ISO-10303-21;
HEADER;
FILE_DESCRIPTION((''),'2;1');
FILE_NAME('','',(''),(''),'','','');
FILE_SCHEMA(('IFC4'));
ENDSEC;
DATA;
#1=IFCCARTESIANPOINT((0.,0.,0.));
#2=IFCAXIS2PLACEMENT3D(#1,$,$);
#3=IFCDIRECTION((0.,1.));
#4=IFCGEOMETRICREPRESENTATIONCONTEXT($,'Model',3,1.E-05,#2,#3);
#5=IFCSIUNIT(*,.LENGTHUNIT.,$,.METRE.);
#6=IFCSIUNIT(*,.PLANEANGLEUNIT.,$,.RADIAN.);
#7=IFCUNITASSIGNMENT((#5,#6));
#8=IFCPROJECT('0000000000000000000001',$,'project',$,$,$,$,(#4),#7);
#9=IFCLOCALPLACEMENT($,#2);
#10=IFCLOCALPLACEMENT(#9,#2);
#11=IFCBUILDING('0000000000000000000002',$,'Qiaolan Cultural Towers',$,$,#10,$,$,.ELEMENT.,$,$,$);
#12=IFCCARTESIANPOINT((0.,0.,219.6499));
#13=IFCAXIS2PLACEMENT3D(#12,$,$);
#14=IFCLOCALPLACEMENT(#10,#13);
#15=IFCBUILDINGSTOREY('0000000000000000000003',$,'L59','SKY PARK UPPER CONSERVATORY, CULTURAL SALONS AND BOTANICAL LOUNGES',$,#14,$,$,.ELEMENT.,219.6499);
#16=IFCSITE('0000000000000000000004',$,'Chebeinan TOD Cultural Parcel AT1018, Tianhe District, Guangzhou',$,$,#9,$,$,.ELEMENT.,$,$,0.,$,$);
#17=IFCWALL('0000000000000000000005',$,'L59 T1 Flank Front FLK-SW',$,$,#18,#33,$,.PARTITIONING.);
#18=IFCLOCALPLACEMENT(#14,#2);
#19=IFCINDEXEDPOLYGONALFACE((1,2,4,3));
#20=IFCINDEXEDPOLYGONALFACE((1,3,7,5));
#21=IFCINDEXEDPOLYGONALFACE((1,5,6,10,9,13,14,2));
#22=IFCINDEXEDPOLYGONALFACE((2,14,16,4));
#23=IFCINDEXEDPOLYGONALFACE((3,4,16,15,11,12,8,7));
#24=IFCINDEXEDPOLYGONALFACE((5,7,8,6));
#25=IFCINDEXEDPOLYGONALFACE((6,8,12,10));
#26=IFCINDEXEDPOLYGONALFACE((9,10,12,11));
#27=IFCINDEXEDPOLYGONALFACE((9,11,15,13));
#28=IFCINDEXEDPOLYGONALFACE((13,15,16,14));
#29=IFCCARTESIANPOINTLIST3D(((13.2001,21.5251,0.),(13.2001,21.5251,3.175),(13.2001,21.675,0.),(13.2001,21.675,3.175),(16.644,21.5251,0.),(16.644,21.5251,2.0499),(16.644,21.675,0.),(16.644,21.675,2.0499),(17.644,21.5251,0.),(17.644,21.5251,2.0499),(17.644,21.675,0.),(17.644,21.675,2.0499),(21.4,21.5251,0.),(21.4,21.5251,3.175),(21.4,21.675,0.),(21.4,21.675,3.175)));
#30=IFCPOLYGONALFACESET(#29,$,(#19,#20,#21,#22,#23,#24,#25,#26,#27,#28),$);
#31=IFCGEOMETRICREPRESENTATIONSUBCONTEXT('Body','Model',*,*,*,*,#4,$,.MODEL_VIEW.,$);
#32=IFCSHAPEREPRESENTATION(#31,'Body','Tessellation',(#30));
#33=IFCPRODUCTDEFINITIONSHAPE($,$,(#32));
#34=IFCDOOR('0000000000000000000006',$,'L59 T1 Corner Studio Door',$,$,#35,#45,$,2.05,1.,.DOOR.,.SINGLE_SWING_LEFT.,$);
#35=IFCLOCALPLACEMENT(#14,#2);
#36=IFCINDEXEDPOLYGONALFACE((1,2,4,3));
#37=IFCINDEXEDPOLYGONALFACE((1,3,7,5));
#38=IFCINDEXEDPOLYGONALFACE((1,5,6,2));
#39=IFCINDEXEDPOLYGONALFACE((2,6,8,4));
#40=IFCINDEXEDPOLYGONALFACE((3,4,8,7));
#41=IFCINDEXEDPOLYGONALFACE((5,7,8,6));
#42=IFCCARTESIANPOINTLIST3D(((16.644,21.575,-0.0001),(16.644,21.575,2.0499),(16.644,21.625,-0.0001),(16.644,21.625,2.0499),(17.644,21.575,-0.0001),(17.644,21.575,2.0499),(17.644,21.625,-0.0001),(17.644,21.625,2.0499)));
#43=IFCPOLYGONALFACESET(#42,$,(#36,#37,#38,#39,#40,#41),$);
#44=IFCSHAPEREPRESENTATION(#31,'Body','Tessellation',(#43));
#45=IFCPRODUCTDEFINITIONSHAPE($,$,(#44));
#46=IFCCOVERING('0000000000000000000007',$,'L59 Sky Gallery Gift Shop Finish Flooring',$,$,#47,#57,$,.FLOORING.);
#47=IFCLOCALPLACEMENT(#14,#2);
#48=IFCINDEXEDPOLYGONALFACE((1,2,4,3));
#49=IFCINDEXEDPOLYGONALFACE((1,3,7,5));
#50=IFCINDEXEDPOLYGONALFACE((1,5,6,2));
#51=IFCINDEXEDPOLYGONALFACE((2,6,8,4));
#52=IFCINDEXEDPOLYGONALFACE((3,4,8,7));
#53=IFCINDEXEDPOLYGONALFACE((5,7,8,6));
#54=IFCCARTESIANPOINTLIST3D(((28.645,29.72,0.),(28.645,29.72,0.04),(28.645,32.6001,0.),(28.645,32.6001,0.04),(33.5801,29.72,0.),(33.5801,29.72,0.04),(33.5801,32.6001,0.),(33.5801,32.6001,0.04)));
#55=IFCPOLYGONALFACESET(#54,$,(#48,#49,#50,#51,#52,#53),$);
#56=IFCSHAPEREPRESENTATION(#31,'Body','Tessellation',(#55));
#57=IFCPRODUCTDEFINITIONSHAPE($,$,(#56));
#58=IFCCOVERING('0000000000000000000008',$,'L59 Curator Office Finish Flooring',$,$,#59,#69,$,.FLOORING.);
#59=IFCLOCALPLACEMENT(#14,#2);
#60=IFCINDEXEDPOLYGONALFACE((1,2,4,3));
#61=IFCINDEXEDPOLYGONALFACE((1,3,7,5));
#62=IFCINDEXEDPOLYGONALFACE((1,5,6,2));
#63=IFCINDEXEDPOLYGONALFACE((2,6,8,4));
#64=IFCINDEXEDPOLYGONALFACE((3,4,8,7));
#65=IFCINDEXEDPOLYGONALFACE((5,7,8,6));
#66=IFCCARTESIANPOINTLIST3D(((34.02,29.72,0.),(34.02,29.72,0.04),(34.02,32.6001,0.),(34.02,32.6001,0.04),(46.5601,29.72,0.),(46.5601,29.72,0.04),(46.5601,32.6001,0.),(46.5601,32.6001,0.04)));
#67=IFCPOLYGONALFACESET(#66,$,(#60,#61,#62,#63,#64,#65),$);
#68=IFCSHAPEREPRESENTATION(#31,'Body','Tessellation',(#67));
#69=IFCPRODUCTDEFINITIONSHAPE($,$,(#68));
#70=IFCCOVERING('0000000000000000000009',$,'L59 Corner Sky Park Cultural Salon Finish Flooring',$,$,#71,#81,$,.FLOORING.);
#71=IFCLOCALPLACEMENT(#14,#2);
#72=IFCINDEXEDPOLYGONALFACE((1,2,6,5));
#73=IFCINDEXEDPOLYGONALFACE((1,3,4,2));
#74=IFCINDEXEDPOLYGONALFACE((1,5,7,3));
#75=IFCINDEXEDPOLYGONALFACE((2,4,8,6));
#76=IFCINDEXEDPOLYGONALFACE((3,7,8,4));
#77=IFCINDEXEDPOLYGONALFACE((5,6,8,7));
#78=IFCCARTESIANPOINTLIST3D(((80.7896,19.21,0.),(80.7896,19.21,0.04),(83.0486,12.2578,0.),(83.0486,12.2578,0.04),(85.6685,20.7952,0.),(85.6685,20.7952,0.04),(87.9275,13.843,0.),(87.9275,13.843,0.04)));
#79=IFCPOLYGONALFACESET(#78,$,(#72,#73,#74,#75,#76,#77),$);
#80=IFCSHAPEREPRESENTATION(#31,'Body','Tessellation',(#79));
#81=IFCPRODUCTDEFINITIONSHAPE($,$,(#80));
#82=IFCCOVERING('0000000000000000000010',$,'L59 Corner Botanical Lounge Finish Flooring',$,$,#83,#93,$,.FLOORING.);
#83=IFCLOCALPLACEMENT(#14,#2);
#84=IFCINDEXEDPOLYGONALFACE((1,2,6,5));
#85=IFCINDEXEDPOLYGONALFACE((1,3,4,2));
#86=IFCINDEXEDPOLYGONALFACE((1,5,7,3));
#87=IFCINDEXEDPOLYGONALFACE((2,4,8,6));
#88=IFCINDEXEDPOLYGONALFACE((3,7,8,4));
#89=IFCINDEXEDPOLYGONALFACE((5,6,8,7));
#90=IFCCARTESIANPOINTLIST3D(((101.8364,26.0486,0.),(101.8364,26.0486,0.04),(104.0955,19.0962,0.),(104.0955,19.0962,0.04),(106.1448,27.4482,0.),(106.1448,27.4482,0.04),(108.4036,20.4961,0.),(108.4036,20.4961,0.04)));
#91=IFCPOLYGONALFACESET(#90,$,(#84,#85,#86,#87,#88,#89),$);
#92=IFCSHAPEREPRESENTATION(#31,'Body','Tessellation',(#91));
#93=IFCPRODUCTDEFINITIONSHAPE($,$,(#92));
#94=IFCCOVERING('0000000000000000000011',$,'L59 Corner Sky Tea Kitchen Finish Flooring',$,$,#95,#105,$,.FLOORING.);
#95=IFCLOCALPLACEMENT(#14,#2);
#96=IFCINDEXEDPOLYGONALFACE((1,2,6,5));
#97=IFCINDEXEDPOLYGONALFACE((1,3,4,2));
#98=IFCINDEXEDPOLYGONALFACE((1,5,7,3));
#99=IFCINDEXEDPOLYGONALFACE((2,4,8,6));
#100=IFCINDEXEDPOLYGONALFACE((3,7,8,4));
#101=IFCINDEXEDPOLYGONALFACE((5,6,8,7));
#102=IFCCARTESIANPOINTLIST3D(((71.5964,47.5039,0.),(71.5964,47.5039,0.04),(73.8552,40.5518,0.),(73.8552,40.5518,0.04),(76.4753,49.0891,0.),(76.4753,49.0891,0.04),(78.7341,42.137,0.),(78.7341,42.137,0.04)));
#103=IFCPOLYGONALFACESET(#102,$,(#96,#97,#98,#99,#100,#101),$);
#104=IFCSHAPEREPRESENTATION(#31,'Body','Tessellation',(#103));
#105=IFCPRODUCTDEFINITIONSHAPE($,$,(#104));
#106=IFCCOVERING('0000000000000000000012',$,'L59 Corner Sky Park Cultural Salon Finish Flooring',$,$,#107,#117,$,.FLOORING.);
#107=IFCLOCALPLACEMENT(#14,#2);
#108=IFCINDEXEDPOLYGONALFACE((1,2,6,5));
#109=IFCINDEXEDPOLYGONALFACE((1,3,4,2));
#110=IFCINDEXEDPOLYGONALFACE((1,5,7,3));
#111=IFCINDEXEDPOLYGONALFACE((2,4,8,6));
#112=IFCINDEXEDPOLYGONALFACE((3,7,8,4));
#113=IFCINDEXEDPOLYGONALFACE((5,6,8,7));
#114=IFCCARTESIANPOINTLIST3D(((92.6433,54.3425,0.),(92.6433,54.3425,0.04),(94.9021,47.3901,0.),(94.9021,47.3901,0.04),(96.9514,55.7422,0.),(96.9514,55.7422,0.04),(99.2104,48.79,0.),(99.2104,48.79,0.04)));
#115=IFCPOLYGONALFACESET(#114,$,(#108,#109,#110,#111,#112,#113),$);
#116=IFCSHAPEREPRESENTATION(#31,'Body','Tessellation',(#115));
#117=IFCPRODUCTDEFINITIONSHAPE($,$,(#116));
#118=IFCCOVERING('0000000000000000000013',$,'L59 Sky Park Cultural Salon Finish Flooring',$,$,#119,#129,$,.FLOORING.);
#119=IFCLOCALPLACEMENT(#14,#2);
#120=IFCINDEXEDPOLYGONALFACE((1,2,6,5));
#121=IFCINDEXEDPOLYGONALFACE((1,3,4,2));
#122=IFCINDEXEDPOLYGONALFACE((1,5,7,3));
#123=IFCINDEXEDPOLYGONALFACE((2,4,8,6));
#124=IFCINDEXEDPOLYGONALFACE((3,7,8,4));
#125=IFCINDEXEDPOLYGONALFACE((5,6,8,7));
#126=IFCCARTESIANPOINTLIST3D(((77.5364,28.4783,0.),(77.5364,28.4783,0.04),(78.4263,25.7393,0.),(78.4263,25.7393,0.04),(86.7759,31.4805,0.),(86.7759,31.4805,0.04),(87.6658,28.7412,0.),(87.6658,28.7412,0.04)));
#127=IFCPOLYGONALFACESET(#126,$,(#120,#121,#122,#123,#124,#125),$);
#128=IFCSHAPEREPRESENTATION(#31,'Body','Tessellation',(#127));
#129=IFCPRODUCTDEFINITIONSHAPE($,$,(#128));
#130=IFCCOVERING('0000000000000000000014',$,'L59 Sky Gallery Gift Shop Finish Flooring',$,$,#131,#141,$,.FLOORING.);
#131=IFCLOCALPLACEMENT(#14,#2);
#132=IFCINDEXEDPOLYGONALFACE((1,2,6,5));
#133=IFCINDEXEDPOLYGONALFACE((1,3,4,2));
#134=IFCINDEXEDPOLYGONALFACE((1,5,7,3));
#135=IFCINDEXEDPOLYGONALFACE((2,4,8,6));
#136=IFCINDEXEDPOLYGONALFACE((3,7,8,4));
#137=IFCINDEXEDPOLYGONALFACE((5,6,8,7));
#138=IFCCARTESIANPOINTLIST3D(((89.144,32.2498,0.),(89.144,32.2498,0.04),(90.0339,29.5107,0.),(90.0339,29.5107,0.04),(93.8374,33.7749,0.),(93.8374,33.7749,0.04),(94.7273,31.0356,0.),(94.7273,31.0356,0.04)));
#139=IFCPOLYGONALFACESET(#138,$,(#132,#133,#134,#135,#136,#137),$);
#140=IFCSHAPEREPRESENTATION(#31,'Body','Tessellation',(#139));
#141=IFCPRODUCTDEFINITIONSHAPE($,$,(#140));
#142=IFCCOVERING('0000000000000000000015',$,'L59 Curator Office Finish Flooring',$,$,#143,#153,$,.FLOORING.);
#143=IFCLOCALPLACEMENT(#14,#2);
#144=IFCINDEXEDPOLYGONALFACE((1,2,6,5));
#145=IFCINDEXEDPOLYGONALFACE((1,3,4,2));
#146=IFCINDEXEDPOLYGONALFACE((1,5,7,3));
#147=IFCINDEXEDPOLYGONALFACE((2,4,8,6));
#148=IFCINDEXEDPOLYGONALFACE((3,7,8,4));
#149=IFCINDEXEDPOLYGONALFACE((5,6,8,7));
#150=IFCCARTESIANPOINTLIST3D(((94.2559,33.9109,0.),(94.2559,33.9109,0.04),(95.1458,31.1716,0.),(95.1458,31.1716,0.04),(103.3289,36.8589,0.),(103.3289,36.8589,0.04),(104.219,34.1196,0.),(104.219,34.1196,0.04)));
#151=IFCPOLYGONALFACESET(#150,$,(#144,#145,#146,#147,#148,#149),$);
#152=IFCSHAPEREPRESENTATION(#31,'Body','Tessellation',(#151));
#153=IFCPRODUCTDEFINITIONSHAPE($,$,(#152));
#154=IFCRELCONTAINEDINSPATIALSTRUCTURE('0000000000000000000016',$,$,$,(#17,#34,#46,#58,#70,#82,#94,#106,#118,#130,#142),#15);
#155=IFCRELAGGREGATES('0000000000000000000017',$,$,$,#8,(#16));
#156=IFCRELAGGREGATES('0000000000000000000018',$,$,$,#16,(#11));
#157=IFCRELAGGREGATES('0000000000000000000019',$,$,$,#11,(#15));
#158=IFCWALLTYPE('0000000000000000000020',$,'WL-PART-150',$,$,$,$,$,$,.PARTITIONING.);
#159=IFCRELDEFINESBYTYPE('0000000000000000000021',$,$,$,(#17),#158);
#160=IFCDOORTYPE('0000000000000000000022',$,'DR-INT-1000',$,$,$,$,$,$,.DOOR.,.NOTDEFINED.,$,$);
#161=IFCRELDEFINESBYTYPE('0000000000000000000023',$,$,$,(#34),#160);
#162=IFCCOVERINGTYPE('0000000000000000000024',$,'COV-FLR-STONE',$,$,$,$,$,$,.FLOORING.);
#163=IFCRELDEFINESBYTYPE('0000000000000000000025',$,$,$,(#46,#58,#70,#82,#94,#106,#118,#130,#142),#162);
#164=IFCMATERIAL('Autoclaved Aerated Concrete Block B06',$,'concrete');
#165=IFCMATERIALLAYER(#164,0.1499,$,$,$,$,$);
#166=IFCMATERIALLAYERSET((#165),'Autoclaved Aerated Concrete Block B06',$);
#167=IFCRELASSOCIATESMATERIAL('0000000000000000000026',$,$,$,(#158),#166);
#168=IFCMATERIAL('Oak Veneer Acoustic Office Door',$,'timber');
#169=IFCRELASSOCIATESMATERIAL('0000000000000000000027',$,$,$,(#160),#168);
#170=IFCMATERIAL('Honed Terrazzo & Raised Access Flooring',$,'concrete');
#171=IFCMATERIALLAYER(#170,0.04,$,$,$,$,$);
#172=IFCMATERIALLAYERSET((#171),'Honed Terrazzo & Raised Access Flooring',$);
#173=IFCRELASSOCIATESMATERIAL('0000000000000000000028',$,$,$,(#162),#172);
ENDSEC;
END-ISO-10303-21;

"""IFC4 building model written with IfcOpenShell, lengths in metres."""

from ifc_helpers import new_model, si_unit, direction, frame, frame_2d, origin, place, context, subcontext, project, spatial, polyline, rectangle, outline, extrude, material, layer, layer_set, type_object, element, fill, save


model = new_model("IFC4")

# Units and contexts
model_context = context("Model", 3, precision=1e-05, world=origin(), true_north=direction((0.0, 1.0)))
body_context = subcontext(model_context, "Body", "Model", "MODEL_VIEW")
ifc_project = project(units=[si_unit("LENGTHUNIT", "METRE"), si_unit("PLANEANGLEUNIT", "RADIAN")], contexts=[model_context])

# Site, building, storey
site_placement = place(None, origin())
site = spatial("IfcSite", under=ifc_project, at=site_placement, Name="Chebeinan TOD Cultural Parcel AT1018, Tianhe District, Guangzhou", CompositionType="ELEMENT", RefElevation=0.0)
building_placement = place(site_placement, origin())
building = spatial("IfcBuilding", under=site, at=building_placement, Name="Qiaolan Cultural Towers", CompositionType="ELEMENT")
storey_placement = place(building_placement, frame((0.0, 0.0, 219.6499)))
storey = spatial("IfcBuildingStorey", under=building, at=storey_placement, Name="L59", Description="SKY PARK UPPER CONSERVATORY, CULTURAL SALONS AND BOTANICAL LOUNGES", CompositionType="ELEMENT", Elevation=219.6499)

# Shared definitions
ifc_material_1 = material(Name="Autoclaved Aerated Concrete Block B06", Category="concrete")
ifc_layer_1 = layer(ifc_material_1, 0.1499)
ifc_layer_set_1 = layer_set([ifc_layer_1], Name="Autoclaved Aerated Concrete Block B06")
wall_type_1 = type_object("IfcWallType", Name="WL-PART-150", PredefinedType="PARTITIONING", material=ifc_layer_set_1)

# Wall, opening, door
wall_1_placement = place(storey_placement, frame((13.2, 21.6001, 0.0), z_axis=(0.0, 0.0, 1.0), x_axis=(1.0, 0.0, 0.0)))
wall_1 = element("IfcWall", 1, at=wall_1_placement, inside=storey, type_object=wall_type_1, Name="L59 T1 Flank Front FLK-SW", PredefinedType="PARTITIONING", context=body_context, shape_type="SweptSolid", body=[
    extrude(rectangle(XDim=8.2, YDim=0.1499, at=frame_2d((4.1001, 0.0))), origin(), (0.0, 0.0, 1.0), 3.175),
])
opening_1_placement = place(wall_1_placement, frame((3.4441, 0.0, 0.0)))
opening_1 = element("IfcOpeningElement", 2, at=opening_1_placement, cuts=wall_1, PredefinedType="OPENING", context=body_context, shape_type="SweptSolid", body=[
    extrude(rectangle(XDim=1.0, YDim=2.05, at=frame_2d((0.5, 1.0249))), frame((0.0, 0.085, 0.0), z_axis=(0.0, -1.0, 0.0), x_axis=(1.0, 0.0, 0.0)), (0.0, 0.0, 1.0), 0.1699),
])
ifc_material_2 = material(Name="Oak Veneer Acoustic Office Door", Category="timber")
door_type = type_object("IfcDoorType", Name="DR-INT-1000", OperationType="NOTDEFINED", PredefinedType="DOOR", material=ifc_material_2)
door_placement = place(opening_1_placement, origin())
door = element("IfcDoor", 3, at=door_placement, inside=storey, type_object=door_type, Name="L59 T1 Corner Studio Door", OperationType="SINGLE_SWING_LEFT", OverallHeight=2.05, OverallWidth=1.0, PredefinedType="DOOR", context=body_context, shape_type="SweptSolid", body=[
    extrude(rectangle(XDim=1.0, YDim=2.05, at=frame_2d((0.5, 1.0249))), frame((0.0, 0.0249, 0.0), z_axis=(0.0, -1.0, 0.0), x_axis=(1.0, 0.0, 0.0)), (0.0, 0.0, 1.0), 0.05),
])
fill(opening_1, door)

# Coverings
ifc_material_3 = material(Name="Honed Terrazzo & Raised Access Flooring", Category="concrete")
ifc_layer_2 = layer(ifc_material_3, 0.04)
ifc_layer_set_2 = layer_set([ifc_layer_2], Name="Honed Terrazzo & Raised Access Flooring")
covering_type = type_object("IfcCoveringType", Name="COV-FLR-STONE", PredefinedType="FLOORING", material=ifc_layer_set_2)
covering_1_placement = place(storey_placement, origin())
element("IfcCovering", 4, at=covering_1_placement, inside=storey, type_object=covering_type, Name="L59 Sky Gallery Gift Shop Finish Flooring", PredefinedType="FLOORING", context=body_context, shape_type="SweptSolid", body=[
    extrude(outline(polyline([(33.5801, 29.72), (33.5801, 32.6001), (28.645, 32.6001), (28.645, 29.72), (33.5801, 29.72)])), origin(), (0.0, 0.0, 1.0), 0.04),
])
covering_2_placement = place(storey_placement, origin())
element("IfcCovering", 5, at=covering_2_placement, inside=storey, type_object=covering_type, Name="L59 Curator Office Finish Flooring", PredefinedType="FLOORING", context=body_context, shape_type="SweptSolid", body=[
    extrude(outline(polyline([(46.5601, 29.72), (46.5601, 32.6001), (34.02, 32.6001), (34.02, 29.72), (46.5601, 29.72)])), origin(), (0.0, 0.0, 1.0), 0.04),
])
covering_3_placement = place(storey_placement, origin())
element("IfcCovering", 6, at=covering_3_placement, inside=storey, type_object=covering_type, Name="L59 Corner Sky Park Cultural Salon Finish Flooring", PredefinedType="FLOORING", context=body_context, shape_type="SweptSolid", body=[
    extrude(outline(polyline([(87.9275, 13.843), (85.6685, 20.7952), (80.7896, 19.21), (83.0486, 12.2578), (87.9275, 13.843)])), origin(), (0.0, 0.0, 1.0), 0.04),
])
covering_4_placement = place(storey_placement, origin())
element("IfcCovering", 7, at=covering_4_placement, inside=storey, type_object=covering_type, Name="L59 Corner Botanical Lounge Finish Flooring", PredefinedType="FLOORING", context=body_context, shape_type="SweptSolid", body=[
    extrude(outline(polyline([(108.4036, 20.4961), (106.1448, 27.4482), (101.8364, 26.0486), (104.0955, 19.0962), (108.4036, 20.4961)])), origin(), (0.0, 0.0, 1.0), 0.04),
])
covering_5_placement = place(storey_placement, origin())
element("IfcCovering", 8, at=covering_5_placement, inside=storey, type_object=covering_type, Name="L59 Corner Sky Tea Kitchen Finish Flooring", PredefinedType="FLOORING", context=body_context, shape_type="SweptSolid", body=[
    extrude(outline(polyline([(78.7341, 42.137), (76.4753, 49.0891), (71.5964, 47.5039), (73.8552, 40.5518), (78.7341, 42.137)])), origin(), (0.0, 0.0, 1.0), 0.04),
])
covering_6_placement = place(storey_placement, origin())
element("IfcCovering", 9, at=covering_6_placement, inside=storey, type_object=covering_type, Name="L59 Corner Sky Park Cultural Salon Finish Flooring", PredefinedType="FLOORING", context=body_context, shape_type="SweptSolid", body=[
    extrude(outline(polyline([(99.2104, 48.79), (96.9514, 55.7422), (92.6433, 54.3425), (94.9021, 47.3901), (99.2104, 48.79)])), origin(), (0.0, 0.0, 1.0), 0.04),
])
covering_7_placement = place(storey_placement, origin())
element("IfcCovering", 10, at=covering_7_placement, inside=storey, type_object=covering_type, Name="L59 Sky Park Cultural Salon Finish Flooring", PredefinedType="FLOORING", context=body_context, shape_type="SweptSolid", body=[
    extrude(outline(polyline([(87.6658, 28.7412), (86.7759, 31.4805), (77.5364, 28.4783), (78.4263, 25.7393), (87.6658, 28.7412)])), origin(), (0.0, 0.0, 1.0), 0.04),
])
covering_8_placement = place(storey_placement, origin())
element("IfcCovering", 11, at=covering_8_placement, inside=storey, type_object=covering_type, Name="L59 Sky Gallery Gift Shop Finish Flooring", PredefinedType="FLOORING", context=body_context, shape_type="SweptSolid", body=[
    extrude(outline(polyline([(94.7273, 31.0356), (93.8374, 33.7749), (89.144, 32.2498), (90.0339, 29.5107), (94.7273, 31.0356)])), origin(), (0.0, 0.0, 1.0), 0.04),
])
covering_9_placement = place(storey_placement, origin())
element("IfcCovering", 12, at=covering_9_placement, inside=storey, type_object=covering_type, Name="L59 Curator Office Finish Flooring", PredefinedType="FLOORING", context=body_context, shape_type="SweptSolid", body=[
    extrude(outline(polyline([(104.219, 34.1196), (103.3289, 36.8589), (94.2559, 33.9109), (95.1458, 31.1716), (104.219, 34.1196)])), origin(), (0.0, 0.0, 1.0), 0.04),
])

save(model, "model.ifc")
